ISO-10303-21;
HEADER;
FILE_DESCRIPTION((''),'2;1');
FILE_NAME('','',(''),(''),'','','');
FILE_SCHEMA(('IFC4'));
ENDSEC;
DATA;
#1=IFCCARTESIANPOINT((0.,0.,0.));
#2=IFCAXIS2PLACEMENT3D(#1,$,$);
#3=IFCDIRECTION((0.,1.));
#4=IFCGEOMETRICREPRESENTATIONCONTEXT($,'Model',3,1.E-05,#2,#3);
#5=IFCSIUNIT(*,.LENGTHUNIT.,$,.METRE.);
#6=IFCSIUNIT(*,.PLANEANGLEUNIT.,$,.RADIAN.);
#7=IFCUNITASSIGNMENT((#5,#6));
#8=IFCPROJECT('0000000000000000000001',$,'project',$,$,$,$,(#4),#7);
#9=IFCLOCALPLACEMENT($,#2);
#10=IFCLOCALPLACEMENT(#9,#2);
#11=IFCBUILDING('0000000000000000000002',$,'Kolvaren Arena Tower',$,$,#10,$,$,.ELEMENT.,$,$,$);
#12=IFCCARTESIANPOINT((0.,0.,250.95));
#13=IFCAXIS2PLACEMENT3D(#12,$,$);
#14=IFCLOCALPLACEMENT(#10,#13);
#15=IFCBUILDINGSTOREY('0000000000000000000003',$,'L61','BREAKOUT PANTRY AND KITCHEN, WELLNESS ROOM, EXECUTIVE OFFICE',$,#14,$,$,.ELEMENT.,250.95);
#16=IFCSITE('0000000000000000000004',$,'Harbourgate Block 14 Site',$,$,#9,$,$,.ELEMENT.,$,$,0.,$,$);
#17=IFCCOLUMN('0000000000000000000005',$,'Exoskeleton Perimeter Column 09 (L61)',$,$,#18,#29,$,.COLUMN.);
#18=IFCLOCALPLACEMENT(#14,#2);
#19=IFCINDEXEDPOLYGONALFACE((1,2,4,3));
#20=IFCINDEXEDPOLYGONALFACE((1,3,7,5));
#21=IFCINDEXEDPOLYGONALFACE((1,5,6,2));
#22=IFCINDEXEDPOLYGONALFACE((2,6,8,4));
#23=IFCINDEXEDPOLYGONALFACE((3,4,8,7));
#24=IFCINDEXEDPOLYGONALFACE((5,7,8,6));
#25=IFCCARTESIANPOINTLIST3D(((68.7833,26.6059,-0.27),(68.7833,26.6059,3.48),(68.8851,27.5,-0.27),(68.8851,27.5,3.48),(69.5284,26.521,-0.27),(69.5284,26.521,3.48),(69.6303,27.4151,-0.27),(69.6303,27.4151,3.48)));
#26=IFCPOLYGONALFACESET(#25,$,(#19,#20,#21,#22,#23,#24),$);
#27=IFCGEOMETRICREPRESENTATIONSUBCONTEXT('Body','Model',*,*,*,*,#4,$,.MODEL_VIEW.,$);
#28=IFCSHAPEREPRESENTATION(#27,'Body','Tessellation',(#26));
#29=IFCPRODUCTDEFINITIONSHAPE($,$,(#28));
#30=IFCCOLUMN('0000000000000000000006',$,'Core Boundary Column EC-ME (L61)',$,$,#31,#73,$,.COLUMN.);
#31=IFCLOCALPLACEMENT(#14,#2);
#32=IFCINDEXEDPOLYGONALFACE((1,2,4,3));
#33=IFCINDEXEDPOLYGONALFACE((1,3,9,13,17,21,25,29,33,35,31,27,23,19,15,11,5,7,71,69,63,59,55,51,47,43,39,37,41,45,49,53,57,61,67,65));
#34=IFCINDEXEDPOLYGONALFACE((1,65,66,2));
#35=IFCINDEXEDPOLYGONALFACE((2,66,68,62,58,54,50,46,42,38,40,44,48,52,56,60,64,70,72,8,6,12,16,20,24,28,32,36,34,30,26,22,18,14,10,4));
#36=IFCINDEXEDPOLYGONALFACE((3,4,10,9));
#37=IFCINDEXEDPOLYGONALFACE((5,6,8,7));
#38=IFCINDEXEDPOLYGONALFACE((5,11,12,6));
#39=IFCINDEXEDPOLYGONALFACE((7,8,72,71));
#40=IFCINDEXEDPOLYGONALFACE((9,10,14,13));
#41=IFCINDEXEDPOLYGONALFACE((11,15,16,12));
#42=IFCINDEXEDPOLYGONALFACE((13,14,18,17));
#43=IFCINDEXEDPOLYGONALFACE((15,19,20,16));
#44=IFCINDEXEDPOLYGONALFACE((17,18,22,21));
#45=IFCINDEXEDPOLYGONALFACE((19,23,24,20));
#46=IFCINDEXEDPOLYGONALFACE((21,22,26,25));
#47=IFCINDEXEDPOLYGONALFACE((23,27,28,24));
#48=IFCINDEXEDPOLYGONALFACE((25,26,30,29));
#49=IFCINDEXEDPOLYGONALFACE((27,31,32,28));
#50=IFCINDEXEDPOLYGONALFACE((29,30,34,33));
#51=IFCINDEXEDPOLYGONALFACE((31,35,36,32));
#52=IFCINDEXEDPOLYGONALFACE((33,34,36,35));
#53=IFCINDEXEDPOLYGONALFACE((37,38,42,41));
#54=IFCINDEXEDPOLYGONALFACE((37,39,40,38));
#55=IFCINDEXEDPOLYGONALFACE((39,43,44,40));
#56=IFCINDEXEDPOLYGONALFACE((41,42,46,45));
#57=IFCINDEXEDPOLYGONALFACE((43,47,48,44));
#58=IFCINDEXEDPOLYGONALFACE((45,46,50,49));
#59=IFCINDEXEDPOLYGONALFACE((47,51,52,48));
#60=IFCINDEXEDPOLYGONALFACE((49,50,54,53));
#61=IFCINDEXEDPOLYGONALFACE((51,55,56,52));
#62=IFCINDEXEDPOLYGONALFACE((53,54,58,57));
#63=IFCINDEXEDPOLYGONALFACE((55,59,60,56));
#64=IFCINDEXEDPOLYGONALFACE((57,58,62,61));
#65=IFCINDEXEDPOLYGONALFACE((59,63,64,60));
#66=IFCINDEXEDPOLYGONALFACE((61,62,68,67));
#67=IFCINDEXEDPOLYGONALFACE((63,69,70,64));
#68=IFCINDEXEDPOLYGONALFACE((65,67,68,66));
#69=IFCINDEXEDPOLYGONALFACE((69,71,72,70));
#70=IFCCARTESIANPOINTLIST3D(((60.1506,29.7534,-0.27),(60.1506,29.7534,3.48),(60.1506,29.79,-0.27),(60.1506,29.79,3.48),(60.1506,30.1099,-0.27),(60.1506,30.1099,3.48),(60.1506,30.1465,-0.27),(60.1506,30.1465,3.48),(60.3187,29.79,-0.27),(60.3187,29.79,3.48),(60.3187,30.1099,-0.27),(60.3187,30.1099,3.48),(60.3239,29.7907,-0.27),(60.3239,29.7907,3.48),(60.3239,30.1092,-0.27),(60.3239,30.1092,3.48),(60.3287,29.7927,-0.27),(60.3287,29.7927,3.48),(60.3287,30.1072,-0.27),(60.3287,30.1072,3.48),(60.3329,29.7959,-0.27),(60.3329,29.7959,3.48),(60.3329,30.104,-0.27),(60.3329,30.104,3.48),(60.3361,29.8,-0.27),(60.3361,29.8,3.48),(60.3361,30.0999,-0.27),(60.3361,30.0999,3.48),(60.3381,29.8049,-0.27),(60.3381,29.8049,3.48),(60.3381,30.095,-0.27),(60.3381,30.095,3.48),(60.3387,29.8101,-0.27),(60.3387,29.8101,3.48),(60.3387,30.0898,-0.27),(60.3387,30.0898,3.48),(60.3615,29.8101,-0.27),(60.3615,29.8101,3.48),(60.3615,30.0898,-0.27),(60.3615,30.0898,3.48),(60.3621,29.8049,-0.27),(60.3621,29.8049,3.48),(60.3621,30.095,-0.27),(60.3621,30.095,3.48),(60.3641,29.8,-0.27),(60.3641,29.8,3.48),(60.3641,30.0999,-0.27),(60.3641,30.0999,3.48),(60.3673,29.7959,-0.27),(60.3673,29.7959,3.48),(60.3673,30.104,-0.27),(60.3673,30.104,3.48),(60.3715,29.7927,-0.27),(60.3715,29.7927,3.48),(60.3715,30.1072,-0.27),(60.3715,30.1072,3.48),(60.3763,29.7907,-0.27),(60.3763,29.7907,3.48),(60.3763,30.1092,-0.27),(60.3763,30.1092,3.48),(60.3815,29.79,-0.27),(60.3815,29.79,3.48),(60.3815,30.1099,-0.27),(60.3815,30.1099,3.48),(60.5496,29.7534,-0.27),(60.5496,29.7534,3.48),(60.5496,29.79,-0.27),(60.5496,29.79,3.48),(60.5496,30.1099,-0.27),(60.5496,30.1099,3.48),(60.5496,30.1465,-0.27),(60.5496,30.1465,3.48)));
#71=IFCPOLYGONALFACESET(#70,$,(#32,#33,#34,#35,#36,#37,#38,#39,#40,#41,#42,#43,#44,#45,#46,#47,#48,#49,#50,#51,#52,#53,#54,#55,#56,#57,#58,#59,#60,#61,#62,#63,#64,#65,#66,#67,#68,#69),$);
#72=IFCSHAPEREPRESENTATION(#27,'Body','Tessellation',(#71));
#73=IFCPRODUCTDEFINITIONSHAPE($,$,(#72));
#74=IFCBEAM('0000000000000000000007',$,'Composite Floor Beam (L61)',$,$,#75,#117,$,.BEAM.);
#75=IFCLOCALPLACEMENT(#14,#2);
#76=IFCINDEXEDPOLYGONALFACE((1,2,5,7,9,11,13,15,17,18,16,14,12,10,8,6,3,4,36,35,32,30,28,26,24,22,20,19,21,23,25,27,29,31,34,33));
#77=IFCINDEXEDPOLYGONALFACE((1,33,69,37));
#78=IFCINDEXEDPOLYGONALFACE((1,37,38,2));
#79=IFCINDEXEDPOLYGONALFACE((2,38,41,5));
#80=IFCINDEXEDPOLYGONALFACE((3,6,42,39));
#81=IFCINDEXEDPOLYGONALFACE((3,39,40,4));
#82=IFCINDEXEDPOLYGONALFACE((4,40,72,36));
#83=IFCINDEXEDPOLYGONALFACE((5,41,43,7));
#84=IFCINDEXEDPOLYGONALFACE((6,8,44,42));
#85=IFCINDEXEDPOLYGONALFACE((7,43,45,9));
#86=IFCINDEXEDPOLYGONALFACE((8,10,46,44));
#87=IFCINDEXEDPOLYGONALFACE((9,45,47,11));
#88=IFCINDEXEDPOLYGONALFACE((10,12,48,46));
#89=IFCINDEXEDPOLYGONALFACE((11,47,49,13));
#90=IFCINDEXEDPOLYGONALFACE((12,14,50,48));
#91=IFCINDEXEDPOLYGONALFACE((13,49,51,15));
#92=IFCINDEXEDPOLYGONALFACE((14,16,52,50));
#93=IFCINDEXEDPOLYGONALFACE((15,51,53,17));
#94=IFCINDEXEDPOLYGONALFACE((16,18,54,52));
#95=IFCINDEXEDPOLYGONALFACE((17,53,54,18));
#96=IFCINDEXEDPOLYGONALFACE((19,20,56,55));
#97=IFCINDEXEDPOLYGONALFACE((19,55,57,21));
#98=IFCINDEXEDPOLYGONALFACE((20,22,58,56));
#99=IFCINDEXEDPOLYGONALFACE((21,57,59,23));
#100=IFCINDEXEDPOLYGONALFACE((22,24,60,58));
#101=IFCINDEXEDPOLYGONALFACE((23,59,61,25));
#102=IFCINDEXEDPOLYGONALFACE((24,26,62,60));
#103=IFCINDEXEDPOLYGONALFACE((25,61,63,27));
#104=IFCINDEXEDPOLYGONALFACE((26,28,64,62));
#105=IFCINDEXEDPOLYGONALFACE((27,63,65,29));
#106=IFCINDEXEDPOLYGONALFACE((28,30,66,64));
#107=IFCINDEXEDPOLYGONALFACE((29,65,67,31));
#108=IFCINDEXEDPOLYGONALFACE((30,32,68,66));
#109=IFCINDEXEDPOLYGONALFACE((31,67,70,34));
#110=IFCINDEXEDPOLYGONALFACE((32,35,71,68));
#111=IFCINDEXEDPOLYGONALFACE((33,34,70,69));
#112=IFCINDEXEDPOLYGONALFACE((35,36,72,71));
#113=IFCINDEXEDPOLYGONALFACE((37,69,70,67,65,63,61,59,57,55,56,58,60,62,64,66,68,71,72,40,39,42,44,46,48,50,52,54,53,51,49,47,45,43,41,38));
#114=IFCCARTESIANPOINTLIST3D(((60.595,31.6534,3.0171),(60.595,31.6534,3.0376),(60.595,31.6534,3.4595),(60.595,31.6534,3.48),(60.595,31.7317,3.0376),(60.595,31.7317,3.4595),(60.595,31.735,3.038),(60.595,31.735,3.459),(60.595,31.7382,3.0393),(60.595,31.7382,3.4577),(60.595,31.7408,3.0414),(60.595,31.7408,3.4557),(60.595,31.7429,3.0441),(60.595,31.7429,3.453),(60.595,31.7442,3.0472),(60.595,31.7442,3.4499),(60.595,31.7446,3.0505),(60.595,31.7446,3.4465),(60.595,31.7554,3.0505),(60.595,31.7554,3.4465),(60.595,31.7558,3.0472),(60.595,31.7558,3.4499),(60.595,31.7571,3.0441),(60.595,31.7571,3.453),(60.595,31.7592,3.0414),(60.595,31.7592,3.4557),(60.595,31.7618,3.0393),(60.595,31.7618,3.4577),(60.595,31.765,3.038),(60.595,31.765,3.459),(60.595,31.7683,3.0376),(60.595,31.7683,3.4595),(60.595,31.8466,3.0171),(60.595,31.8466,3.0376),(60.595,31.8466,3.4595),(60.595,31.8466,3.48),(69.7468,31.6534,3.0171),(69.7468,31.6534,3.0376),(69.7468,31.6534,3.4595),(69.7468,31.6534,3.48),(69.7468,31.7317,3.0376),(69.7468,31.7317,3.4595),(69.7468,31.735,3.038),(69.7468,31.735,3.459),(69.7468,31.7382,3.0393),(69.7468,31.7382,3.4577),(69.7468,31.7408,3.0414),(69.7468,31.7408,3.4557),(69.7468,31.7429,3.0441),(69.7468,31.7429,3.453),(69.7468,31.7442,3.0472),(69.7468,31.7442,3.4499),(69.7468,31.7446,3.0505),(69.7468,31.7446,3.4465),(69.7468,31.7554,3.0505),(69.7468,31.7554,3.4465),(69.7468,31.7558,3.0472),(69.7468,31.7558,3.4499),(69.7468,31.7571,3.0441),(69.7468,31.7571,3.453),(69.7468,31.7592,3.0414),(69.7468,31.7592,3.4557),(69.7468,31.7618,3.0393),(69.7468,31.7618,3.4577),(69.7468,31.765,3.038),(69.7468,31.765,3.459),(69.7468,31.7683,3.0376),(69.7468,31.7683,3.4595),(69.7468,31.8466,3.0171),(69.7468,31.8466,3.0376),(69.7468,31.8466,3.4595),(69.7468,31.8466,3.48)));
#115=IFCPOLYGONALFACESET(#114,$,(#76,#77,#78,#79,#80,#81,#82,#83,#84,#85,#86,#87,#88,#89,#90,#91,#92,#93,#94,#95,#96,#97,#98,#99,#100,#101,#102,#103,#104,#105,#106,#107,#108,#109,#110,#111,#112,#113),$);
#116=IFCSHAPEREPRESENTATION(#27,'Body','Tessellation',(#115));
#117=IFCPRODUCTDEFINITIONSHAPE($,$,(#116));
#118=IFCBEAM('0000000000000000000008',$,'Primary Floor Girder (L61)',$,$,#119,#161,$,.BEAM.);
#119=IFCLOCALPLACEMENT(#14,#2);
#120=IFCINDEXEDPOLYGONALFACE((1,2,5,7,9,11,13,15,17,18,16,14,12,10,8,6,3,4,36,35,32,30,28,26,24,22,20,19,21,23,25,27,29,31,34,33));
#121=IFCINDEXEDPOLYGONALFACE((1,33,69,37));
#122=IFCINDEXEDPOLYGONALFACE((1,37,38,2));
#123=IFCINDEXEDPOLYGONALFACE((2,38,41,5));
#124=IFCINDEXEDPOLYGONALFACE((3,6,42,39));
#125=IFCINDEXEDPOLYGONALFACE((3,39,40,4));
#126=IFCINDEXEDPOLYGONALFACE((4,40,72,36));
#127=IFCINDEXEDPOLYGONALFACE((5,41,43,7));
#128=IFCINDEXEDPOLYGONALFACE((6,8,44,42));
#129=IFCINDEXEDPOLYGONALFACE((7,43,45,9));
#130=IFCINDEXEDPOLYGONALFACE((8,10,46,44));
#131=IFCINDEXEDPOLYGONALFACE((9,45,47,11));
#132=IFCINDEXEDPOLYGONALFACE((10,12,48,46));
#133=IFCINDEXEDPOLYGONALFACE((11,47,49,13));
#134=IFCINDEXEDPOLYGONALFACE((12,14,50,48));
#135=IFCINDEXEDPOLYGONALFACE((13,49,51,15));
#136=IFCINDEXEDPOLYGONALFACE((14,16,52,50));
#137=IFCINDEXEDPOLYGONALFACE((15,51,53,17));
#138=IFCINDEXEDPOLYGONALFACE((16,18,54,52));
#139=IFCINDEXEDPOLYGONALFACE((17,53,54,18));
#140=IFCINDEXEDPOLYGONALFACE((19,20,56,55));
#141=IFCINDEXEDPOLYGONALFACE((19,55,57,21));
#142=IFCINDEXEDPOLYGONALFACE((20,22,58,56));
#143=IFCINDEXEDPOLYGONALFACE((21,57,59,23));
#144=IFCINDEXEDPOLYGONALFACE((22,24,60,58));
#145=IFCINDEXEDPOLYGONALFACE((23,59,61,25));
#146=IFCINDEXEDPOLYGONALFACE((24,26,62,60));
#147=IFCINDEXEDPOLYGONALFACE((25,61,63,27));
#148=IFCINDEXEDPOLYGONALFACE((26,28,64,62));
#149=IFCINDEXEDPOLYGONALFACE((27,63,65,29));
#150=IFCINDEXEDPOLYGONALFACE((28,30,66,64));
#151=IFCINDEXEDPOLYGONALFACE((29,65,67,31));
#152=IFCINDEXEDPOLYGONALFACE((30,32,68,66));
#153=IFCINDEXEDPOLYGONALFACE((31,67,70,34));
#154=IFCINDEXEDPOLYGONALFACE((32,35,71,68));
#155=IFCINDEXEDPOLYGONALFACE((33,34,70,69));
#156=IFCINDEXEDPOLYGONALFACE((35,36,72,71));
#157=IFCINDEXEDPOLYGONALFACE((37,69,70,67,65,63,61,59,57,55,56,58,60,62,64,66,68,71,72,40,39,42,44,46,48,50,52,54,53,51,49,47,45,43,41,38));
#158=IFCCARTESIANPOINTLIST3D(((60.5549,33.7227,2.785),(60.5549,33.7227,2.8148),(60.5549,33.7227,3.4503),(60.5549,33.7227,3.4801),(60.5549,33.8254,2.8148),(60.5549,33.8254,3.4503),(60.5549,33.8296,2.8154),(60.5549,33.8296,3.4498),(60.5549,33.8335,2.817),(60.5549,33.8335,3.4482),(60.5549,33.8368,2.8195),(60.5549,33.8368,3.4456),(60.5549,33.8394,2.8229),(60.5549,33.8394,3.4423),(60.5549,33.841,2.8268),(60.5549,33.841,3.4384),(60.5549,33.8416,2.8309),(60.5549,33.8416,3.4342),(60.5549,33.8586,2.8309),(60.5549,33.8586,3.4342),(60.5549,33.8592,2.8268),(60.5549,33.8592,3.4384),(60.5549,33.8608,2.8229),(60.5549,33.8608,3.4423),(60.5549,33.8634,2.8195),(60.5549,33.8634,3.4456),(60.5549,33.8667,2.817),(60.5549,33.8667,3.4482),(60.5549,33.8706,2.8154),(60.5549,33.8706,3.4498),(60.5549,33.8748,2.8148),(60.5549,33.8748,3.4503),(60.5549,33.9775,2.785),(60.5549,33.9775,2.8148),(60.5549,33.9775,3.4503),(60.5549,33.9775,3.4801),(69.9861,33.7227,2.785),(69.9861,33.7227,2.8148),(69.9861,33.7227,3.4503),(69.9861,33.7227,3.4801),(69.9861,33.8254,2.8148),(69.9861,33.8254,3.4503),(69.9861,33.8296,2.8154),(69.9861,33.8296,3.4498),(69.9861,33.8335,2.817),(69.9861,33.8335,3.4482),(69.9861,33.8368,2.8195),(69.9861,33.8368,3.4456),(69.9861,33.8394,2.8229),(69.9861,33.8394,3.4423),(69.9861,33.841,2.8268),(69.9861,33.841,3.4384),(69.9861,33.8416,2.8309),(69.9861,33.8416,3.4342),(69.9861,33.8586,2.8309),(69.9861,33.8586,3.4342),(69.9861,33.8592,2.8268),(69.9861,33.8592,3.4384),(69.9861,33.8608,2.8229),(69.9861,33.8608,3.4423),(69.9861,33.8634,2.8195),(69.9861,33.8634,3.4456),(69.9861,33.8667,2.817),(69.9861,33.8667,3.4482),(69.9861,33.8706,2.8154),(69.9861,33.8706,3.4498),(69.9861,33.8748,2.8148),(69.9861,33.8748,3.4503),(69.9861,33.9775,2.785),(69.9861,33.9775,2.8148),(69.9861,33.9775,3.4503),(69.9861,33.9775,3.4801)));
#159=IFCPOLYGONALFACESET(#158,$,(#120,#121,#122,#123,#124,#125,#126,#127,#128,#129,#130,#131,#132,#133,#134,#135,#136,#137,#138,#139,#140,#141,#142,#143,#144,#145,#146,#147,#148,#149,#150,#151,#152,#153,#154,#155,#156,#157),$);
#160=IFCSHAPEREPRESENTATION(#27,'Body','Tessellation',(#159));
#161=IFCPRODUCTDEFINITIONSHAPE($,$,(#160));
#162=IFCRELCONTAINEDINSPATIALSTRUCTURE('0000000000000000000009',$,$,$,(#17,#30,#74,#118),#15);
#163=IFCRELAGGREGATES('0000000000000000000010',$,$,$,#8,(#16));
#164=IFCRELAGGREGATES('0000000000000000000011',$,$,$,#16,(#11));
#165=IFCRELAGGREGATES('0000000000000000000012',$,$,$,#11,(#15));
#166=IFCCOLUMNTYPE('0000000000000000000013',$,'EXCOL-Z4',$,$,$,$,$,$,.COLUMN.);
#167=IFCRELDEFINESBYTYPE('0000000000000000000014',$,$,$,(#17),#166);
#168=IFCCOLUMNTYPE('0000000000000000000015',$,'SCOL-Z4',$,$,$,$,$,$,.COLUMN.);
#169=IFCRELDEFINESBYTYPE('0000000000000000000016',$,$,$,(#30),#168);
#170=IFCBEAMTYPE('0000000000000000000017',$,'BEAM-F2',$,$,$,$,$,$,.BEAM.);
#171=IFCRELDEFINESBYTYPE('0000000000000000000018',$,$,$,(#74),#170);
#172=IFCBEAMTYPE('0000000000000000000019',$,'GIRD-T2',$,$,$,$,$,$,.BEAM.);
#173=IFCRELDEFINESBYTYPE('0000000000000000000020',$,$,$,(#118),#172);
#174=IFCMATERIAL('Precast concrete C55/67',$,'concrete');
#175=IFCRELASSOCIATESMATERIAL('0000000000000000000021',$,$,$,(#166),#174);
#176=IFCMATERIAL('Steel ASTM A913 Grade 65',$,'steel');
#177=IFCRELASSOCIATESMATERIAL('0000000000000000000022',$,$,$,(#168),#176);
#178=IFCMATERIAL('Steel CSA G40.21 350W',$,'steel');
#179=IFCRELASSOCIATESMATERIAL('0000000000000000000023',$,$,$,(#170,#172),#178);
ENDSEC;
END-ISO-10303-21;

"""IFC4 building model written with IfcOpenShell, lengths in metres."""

from ifc_helpers import new_model, si_unit, direction, frame, origin, origin_2d, place, context, subcontext, project, spatial, rectangle, i_section, extrude, material, material_profile, profile_set, type_object, element, save


model = new_model("IFC4")

# Units and contexts
model_context = context("Model", 3, precision=1e-05, world=origin(), true_north=direction((0.0, 1.0)))
body_context = subcontext(model_context, "Body", "Model", "MODEL_VIEW")
ifc_project = project(units=[si_unit("LENGTHUNIT", "METRE"), si_unit("PLANEANGLEUNIT", "RADIAN")], contexts=[model_context])

# Site, building, storey
site_placement = place(None, origin())
site = spatial("IfcSite", under=ifc_project, at=site_placement, Name="Harbourgate Block 14 Site", CompositionType="ELEMENT", RefElevation=0.0)
building_placement = place(site_placement, origin())
building = spatial("IfcBuilding", under=site, at=building_placement, Name="Kolvaren Arena Tower", CompositionType="ELEMENT")
storey_placement = place(building_placement, frame((0.0, 0.0, 250.95)))
storey = spatial("IfcBuildingStorey", under=building, at=storey_placement, Name="L61", Description="BREAKOUT PANTRY AND KITCHEN, WELLNESS ROOM, EXECUTIVE OFFICE", CompositionType="ELEMENT", Elevation=250.95)

# Columns
ifc_material_1 = material(Name="Precast concrete C55/67", Category="concrete")
ifc_material_profile_1 = material_profile(ifc_material_1, rectangle(XDim=0.8999, YDim=0.75, at=origin_2d()), Name="RC-900x750")
ifc_profile_set_1 = profile_set([ifc_material_profile_1], Name="Precast concrete C55/67")
column_type_1 = type_object("IfcColumnType", Name="EXCOL-Z4", PredefinedType="COLUMN", material=ifc_profile_set_1)
column_1_placement = place(storey_placement, frame((69.2068, 27.0105, -0.27), z_axis=(0.0, 0.0, 1.0), x_axis=(0.113203, 0.993572, 0.0)))
element("IfcColumn", 1, at=column_1_placement, inside=storey, type_object=column_type_1, Name="Exoskeleton Perimeter Column 09 (L61)", PredefinedType="COLUMN", context=body_context, shape_type="SweptSolid", body=[
    extrude(rectangle(XDim=0.8999, YDim=0.75, at=origin_2d()), origin(), (0.0, 0.0, 1.0), 3.75),
])
ifc_material_2 = material(Name="Steel ASTM A913 Grade 65", Category="steel")
ifc_material_profile_2 = material_profile(ifc_material_2, i_section(OverallWidth=0.3989, OverallDepth=0.3931, WebThickness=0.0227, FlangeThickness=0.0366, FilletRadius=0.02, at=origin_2d()), Name="W360x287")
ifc_profile_set_2 = profile_set([ifc_material_profile_2], Name="Steel ASTM A913 Grade 65")
column_type_2 = type_object("IfcColumnType", Name="SCOL-Z4", PredefinedType="COLUMN", material=ifc_profile_set_2)
column_2_placement = place(storey_placement, frame((60.3501, 29.95, -0.27), z_axis=(0.0, 0.0, 1.0), x_axis=(1.0, 0.0, 0.0)))
element("IfcColumn", 2, at=column_2_placement, inside=storey, type_object=column_type_2, Name="Core Boundary Column EC-ME (L61)", PredefinedType="COLUMN", context=body_context, shape_type="SweptSolid", body=[
    extrude(i_section(OverallWidth=0.3989, OverallDepth=0.3931, WebThickness=0.0227, FlangeThickness=0.0366, FilletRadius=0.02, at=origin_2d()), origin(), (0.0, 0.0, 1.0), 3.75),
])

# Beams
ifc_material_3 = material(Name="Steel CSA G40.21 350W", Category="steel")
ifc_material_profile_3 = material_profile(ifc_material_3, i_section(OverallWidth=0.1931, OverallDepth=0.4629, WebThickness=0.0107, FlangeThickness=0.0205, FilletRadius=0.0129, at=origin_2d()), Name="W460x113")
ifc_profile_set_3 = profile_set([ifc_material_profile_3], Name="Steel CSA G40.21 350W")
beam_type_1 = type_object("IfcBeamType", Name="BEAM-F2", PredefinedType="BEAM", material=ifc_profile_set_3)
beam_1_placement = place(storey_placement, frame((60.595, 31.75, 3.2485), z_axis=(1.0, 0.0, 0.0), x_axis=(0.0, 1.0, 0.0)))
element("IfcBeam", 3, at=beam_1_placement, inside=storey, type_object=beam_type_1, Name="Composite Floor Beam (L61)", PredefinedType="BEAM", context=body_context, shape_type="SweptSolid", body=[
    extrude(i_section(OverallWidth=0.1931, OverallDepth=0.4629, WebThickness=0.0107, FlangeThickness=0.0205, FilletRadius=0.0129, at=origin_2d()), origin(), (0.0, 0.0, 1.0), 9.1519),
])
ifc_material_profile_4 = material_profile(ifc_material_3, i_section(OverallWidth=0.2549, OverallDepth=0.6951, WebThickness=0.0171, FlangeThickness=0.0298, FilletRadius=0.0161, at=origin_2d()), Name="W690x217")
ifc_profile_set_4 = profile_set([ifc_material_profile_4], Name="Steel CSA G40.21 350W")
beam_type_2 = type_object("IfcBeamType", Name="GIRD-T2", PredefinedType="BEAM", material=ifc_profile_set_4)
beam_2_placement = place(storey_placement, frame((60.5549, 33.8501, 3.1326), z_axis=(1.0, 0.0, 0.0), x_axis=(0.0, 1.0, 0.0)))
element("IfcBeam", 4, at=beam_2_placement, inside=storey, type_object=beam_type_2, Name="Primary Floor Girder (L61)", PredefinedType="BEAM", context=body_context, shape_type="SweptSolid", body=[
    extrude(i_section(OverallWidth=0.2549, OverallDepth=0.6951, WebThickness=0.0171, FlangeThickness=0.0298, FilletRadius=0.0161, at=origin_2d()), origin(), (0.0, 0.0, 1.0), 9.4312),
])

save(model, "model.ifc")
